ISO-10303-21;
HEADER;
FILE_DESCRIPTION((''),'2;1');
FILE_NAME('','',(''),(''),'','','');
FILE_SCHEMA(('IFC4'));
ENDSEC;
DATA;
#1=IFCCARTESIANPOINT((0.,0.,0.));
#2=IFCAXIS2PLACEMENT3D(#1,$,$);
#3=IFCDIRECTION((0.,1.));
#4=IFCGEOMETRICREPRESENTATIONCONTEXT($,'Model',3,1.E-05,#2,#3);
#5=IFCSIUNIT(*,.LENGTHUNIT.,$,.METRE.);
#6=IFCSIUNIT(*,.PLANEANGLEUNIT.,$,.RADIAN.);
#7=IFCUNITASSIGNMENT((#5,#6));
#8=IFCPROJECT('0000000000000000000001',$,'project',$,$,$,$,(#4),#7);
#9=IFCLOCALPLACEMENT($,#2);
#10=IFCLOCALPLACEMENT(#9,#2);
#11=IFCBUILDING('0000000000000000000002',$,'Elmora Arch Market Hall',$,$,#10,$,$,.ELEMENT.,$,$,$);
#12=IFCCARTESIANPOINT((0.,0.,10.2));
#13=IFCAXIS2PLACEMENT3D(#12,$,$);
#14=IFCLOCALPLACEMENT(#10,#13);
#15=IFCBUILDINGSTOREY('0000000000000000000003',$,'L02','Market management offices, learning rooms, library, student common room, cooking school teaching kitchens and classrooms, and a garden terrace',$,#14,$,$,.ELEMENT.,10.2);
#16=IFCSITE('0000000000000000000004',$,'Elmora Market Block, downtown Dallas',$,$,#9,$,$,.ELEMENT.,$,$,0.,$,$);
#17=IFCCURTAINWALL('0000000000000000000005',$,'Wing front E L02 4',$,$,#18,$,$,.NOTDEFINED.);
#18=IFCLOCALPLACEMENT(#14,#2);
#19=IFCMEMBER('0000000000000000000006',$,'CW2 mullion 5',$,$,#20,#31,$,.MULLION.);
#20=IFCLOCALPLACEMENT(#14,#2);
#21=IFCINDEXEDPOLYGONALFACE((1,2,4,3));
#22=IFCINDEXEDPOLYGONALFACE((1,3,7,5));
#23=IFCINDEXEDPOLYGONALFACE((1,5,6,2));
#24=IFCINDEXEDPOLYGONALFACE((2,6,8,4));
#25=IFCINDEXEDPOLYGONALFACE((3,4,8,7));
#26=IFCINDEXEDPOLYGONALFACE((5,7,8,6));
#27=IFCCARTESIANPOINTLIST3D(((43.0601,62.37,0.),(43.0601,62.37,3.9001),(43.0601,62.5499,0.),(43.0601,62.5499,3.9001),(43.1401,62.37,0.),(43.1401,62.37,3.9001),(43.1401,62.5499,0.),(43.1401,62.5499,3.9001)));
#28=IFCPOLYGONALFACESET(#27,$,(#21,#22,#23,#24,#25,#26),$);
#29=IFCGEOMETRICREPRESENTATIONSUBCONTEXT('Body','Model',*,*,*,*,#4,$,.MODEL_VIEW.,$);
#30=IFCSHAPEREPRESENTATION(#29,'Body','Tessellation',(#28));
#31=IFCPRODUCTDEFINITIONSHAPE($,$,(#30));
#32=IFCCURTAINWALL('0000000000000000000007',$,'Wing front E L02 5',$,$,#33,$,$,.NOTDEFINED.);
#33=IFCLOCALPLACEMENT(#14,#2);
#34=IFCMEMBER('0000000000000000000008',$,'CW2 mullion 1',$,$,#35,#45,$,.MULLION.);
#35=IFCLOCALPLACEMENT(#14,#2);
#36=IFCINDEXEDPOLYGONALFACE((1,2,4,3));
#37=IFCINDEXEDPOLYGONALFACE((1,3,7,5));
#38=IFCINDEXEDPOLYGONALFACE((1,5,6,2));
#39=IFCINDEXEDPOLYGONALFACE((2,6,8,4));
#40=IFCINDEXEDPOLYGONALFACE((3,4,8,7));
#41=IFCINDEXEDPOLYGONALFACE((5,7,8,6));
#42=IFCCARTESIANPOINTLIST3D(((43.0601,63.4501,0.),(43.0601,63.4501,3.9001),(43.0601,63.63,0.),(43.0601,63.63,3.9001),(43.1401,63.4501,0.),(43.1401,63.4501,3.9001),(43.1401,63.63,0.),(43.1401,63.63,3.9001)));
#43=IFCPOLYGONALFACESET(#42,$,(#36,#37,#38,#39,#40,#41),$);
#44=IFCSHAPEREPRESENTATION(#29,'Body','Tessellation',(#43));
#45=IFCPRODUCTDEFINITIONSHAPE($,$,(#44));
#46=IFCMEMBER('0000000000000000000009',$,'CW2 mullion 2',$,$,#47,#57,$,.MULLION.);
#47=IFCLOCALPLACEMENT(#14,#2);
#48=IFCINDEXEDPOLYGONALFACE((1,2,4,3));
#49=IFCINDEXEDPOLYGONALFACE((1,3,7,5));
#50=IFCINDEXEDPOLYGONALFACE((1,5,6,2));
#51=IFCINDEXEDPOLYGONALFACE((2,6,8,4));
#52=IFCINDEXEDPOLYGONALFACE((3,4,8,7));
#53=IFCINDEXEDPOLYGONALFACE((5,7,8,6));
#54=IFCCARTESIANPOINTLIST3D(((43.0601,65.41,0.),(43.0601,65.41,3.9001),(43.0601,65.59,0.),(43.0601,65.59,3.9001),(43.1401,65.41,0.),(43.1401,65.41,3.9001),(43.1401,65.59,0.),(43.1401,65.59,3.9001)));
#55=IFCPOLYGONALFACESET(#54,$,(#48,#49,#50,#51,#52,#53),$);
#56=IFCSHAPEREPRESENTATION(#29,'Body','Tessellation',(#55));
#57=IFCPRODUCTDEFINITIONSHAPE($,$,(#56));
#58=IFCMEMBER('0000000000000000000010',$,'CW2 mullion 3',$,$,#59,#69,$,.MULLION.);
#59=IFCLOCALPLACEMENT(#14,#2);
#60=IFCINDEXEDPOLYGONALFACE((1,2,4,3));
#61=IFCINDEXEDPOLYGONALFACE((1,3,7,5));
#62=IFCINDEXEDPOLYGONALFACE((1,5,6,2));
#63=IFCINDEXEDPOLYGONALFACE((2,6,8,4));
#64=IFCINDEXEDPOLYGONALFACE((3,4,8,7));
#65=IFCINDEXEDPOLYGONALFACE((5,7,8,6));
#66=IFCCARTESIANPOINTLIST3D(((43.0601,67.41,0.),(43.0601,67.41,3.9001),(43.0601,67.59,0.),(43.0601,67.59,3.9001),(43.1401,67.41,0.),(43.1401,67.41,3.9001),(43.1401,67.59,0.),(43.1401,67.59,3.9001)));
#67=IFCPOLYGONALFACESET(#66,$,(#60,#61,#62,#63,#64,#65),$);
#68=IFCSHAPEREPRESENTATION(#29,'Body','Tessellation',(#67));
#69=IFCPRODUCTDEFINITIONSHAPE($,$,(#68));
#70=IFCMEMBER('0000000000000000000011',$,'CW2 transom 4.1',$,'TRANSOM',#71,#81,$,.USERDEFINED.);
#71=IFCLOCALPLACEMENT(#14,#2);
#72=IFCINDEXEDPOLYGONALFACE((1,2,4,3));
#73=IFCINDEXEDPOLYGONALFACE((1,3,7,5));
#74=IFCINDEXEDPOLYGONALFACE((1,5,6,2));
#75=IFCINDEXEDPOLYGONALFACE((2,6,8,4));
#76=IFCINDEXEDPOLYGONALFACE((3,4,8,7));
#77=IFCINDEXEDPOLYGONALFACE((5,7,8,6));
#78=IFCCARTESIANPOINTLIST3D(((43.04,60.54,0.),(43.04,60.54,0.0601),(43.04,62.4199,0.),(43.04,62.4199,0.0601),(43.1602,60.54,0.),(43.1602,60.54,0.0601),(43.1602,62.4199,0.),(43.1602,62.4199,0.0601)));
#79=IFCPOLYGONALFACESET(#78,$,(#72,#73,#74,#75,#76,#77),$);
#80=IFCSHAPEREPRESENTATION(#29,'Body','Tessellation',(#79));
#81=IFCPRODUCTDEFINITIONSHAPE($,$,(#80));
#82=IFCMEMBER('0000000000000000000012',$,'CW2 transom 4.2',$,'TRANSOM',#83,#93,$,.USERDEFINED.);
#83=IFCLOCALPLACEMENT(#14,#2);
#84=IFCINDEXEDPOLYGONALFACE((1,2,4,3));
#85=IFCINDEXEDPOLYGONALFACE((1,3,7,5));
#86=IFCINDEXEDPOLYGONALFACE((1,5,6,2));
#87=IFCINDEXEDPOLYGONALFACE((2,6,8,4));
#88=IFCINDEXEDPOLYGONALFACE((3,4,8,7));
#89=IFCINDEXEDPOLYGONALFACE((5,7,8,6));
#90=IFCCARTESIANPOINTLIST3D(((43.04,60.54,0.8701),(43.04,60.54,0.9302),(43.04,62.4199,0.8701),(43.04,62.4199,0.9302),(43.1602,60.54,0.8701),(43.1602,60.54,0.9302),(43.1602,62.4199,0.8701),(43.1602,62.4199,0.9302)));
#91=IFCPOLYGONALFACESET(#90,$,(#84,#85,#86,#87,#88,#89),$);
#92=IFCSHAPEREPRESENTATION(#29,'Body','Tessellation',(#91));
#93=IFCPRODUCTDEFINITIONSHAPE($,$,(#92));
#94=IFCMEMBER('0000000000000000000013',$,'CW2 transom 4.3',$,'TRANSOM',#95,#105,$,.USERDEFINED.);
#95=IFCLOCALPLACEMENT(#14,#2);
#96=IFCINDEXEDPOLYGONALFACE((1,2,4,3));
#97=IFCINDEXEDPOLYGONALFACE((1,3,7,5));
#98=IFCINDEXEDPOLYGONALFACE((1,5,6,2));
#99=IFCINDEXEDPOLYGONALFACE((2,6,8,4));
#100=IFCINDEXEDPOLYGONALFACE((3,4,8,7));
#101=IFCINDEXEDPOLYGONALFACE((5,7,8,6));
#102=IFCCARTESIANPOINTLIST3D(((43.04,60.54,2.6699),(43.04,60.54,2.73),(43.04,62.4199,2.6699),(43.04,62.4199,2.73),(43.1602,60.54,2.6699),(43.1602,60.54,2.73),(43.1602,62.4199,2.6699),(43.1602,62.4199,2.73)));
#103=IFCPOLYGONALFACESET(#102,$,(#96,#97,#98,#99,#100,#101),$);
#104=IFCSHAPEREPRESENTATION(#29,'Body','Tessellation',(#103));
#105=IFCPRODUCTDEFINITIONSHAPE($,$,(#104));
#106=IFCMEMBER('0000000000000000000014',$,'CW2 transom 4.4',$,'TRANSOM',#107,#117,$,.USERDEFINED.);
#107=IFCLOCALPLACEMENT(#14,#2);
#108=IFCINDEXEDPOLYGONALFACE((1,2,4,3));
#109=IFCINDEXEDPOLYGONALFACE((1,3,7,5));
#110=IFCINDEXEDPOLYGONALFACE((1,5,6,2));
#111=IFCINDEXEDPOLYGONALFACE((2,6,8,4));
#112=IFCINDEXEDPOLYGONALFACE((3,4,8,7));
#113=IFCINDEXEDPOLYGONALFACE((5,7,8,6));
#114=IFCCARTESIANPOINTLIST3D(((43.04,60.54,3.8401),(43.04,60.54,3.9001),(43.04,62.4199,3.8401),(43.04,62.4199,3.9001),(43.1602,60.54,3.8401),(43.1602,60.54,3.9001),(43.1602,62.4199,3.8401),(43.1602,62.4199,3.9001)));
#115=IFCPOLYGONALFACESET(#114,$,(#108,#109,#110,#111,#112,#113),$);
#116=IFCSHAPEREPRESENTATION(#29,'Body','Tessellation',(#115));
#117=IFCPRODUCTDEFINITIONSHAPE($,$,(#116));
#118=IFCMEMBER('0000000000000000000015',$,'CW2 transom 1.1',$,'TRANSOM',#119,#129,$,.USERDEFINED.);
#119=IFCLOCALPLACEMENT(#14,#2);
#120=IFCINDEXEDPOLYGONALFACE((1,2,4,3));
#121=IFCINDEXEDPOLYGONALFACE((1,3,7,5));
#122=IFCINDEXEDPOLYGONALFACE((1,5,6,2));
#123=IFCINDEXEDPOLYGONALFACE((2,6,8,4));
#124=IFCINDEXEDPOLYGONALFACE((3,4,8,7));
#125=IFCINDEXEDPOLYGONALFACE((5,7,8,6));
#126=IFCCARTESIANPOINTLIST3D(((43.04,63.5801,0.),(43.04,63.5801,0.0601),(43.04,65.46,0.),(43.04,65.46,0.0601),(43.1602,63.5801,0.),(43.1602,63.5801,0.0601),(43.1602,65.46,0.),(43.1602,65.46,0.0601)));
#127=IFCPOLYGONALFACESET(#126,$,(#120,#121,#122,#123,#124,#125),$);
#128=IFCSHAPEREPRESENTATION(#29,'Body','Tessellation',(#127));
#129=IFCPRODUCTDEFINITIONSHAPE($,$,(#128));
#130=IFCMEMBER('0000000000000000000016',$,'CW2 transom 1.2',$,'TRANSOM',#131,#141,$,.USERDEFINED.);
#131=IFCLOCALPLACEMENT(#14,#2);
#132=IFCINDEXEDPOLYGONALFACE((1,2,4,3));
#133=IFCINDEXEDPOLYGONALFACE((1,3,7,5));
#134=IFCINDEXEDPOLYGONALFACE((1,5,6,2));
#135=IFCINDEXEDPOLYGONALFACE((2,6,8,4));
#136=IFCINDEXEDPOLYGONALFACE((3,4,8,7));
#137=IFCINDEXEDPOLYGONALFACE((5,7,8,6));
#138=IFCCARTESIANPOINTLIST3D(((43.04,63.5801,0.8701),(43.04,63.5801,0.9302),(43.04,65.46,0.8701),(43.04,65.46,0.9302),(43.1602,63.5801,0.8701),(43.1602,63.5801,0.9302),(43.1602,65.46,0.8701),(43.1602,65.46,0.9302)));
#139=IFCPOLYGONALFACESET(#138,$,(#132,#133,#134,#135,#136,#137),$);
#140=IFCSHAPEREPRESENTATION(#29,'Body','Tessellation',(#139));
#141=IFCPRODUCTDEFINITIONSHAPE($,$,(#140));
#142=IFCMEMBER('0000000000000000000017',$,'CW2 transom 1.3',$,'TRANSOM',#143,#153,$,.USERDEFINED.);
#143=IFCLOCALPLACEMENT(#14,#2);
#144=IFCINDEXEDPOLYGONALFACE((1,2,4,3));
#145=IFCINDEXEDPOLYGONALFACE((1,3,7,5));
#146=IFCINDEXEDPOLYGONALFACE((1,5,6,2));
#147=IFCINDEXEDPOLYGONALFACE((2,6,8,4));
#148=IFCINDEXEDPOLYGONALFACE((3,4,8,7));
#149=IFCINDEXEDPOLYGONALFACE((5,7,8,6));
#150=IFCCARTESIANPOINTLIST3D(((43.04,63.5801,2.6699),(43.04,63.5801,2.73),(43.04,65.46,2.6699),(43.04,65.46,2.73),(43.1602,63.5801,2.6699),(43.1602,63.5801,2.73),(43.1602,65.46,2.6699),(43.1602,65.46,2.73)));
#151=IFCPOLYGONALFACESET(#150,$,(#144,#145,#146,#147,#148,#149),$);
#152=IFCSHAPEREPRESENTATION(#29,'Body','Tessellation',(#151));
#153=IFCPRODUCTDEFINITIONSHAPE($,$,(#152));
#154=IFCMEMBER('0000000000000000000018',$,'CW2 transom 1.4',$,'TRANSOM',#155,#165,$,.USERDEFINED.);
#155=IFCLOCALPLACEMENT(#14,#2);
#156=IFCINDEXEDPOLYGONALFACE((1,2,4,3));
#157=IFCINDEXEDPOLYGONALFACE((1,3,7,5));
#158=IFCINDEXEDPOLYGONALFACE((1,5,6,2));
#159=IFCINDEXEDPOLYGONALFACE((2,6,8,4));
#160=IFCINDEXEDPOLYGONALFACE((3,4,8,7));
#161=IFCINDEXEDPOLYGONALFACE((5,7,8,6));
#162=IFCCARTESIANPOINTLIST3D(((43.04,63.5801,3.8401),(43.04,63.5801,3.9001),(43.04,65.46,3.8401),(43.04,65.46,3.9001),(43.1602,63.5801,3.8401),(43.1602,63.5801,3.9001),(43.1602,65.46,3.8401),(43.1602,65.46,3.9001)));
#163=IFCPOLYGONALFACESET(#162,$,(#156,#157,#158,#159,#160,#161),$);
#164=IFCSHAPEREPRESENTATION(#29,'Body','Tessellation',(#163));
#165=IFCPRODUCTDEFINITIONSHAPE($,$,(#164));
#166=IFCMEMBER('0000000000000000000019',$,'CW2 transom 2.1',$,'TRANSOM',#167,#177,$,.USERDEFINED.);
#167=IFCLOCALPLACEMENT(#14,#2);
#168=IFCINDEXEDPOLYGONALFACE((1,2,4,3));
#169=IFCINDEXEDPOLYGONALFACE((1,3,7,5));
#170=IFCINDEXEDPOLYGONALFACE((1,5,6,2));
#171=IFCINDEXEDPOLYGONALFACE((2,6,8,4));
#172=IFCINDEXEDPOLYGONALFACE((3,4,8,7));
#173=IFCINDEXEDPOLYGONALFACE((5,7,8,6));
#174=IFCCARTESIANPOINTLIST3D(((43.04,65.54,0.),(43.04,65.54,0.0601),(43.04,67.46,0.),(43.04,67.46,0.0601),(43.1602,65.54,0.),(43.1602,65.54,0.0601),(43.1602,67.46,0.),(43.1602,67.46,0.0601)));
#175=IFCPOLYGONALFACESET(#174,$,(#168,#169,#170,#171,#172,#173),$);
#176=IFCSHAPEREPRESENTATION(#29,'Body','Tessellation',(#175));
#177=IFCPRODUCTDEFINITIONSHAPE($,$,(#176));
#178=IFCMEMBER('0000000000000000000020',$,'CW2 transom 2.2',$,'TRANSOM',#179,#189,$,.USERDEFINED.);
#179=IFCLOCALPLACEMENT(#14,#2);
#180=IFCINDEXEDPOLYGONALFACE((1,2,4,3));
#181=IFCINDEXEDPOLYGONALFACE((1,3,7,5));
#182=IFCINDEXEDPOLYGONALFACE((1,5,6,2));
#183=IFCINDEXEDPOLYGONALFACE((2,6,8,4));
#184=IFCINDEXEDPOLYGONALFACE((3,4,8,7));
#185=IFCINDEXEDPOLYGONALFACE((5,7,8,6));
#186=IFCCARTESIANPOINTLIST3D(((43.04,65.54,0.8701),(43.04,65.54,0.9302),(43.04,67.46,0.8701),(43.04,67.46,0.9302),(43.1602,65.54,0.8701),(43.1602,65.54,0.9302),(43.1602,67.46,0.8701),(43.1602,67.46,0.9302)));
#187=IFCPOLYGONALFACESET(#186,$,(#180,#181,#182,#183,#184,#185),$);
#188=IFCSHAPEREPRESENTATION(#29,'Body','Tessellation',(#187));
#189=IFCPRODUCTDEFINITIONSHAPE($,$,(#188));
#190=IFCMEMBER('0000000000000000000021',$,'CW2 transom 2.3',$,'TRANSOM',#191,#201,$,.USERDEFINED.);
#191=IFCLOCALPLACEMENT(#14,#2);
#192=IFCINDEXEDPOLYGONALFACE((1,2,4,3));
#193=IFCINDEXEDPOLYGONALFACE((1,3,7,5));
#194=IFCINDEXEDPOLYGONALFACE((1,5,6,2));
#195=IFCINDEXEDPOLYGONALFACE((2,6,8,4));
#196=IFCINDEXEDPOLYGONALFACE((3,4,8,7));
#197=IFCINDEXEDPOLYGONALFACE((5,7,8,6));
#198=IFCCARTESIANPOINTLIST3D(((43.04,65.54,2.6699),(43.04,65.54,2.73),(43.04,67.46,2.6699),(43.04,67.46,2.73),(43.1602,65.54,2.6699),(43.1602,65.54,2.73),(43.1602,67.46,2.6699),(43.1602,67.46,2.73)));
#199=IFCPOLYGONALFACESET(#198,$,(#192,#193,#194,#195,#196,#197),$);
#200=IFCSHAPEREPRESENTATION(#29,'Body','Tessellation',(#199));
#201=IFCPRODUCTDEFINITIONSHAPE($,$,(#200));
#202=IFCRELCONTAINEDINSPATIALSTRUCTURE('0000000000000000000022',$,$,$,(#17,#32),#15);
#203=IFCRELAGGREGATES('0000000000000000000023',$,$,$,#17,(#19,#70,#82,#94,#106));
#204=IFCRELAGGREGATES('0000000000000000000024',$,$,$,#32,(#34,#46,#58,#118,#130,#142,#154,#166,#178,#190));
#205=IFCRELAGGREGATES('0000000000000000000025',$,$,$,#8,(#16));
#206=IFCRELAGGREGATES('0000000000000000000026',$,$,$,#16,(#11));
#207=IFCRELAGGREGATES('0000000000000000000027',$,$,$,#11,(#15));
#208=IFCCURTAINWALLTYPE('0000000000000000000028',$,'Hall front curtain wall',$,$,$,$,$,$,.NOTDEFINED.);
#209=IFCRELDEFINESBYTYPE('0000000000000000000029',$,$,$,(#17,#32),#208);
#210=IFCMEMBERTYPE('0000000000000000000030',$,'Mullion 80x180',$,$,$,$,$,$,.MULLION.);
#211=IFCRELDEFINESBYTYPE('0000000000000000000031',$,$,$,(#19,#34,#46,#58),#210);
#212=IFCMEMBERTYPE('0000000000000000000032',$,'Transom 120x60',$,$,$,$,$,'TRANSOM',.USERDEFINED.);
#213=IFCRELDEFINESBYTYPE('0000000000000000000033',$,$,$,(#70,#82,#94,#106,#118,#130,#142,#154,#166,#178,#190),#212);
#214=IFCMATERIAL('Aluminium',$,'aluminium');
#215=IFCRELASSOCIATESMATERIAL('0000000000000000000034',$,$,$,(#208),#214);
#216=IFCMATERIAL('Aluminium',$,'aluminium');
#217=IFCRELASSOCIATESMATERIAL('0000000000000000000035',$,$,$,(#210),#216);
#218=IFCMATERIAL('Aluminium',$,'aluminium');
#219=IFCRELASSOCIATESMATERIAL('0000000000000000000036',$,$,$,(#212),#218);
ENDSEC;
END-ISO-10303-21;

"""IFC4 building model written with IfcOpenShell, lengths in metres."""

from ifc_helpers import new_model, si_unit, direction, frame, origin, origin_2d, place, context, subcontext, project, spatial, rectangle, extrude, material, material_profile, profile_set, type_object, element, aggregate, save


model = new_model("IFC4")

# Units and contexts
model_context = context("Model", 3, precision=1e-05, world=origin(), true_north=direction((0.0, 1.0)))
body_context = subcontext(model_context, "Body", "Model", "MODEL_VIEW")
ifc_project = project(units=[si_unit("LENGTHUNIT", "METRE"), si_unit("PLANEANGLEUNIT", "RADIAN")], contexts=[model_context])

# Site, building, storey
site_placement = place(None, origin())
site = spatial("IfcSite", under=ifc_project, at=site_placement, Name="Elmora Market Block, downtown Dallas", CompositionType="ELEMENT", RefElevation=0.0)
building_placement = place(site_placement, origin())
building = spatial("IfcBuilding", under=site, at=building_placement, Name="Elmora Arch Market Hall", CompositionType="ELEMENT")
storey_placement = place(building_placement, frame((0.0, 0.0, 10.2)))
storey = spatial("IfcBuildingStorey", under=building, at=storey_placement, Name="L02", Description="Market management offices, learning rooms, library, student common room, cooking school teaching kitchens and classrooms, and a garden terrace", CompositionType="ELEMENT", Elevation=10.2)

# Curtain wall, member
ifc_material_1 = material(Name="Aluminium", Category="aluminium")
curtain_wall_type = type_object("IfcCurtainWallType", Name="Hall front curtain wall", PredefinedType="NOTDEFINED", material=ifc_material_1)
curtain_wall_1_placement = place(storey_placement, origin())
curtain_wall_1 = element("IfcCurtainWall", 1, at=curtain_wall_1_placement, inside=storey, type_object=curtain_wall_type, Name="Wing front E L02 4", PredefinedType="NOTDEFINED")
ifc_material_2 = material(Name="Aluminium", Category="aluminium")
ifc_material_profile_1 = material_profile(ifc_material_2, rectangle(XDim=0.0801, YDim=0.1799, at=origin_2d()), Name="AL 80x180")
ifc_profile_set_1 = profile_set([ifc_material_profile_1], Name="Aluminium")
member_type_1 = type_object("IfcMemberType", Name="Mullion 80x180", PredefinedType="MULLION", material=ifc_profile_set_1)
member_1_placement = place(storey_placement, frame((43.1001, 62.46, 0.0), z_axis=(0.0, 0.0, 1.0), x_axis=(-1.0, 0.0, 0.0)))
member_1 = element("IfcMember", 2, at=member_1_placement, type_object=member_type_1, Name="CW2 mullion 5", PredefinedType="MULLION", context=body_context, shape_type="SweptSolid", body=[
    extrude(rectangle(XDim=0.0801, YDim=0.1799, at=origin_2d()), origin(), (0.0, 0.0, 1.0), 3.9001),
])

# Curtain wall, members
curtain_wall_2_placement = place(storey_placement, origin())
curtain_wall_2 = element("IfcCurtainWall", 3, at=curtain_wall_2_placement, inside=storey, type_object=curtain_wall_type, Name="Wing front E L02 5", PredefinedType="NOTDEFINED")
member_2_placement = place(storey_placement, frame((43.1001, 63.54, 0.0), z_axis=(0.0, 0.0, 1.0), x_axis=(-1.0, 0.0, 0.0)))
member_2 = element("IfcMember", 4, at=member_2_placement, type_object=member_type_1, Name="CW2 mullion 1", PredefinedType="MULLION", context=body_context, shape_type="SweptSolid", body=[
    extrude(rectangle(XDim=0.0801, YDim=0.1799, at=origin_2d()), origin(), (0.0, 0.0, 1.0), 3.9001),
])
member_3_placement = place(storey_placement, frame((43.1001, 65.5, 0.0), z_axis=(0.0, 0.0, 1.0), x_axis=(-1.0, 0.0, 0.0)))
member_3 = element("IfcMember", 5, at=member_3_placement, type_object=member_type_1, Name="CW2 mullion 2", PredefinedType="MULLION", context=body_context, shape_type="SweptSolid", body=[
    extrude(rectangle(XDim=0.0801, YDim=0.1799, at=origin_2d()), origin(), (0.0, 0.0, 1.0), 3.9001),
])
member_4_placement = place(storey_placement, frame((43.1001, 67.5, 0.0), z_axis=(0.0, 0.0, 1.0), x_axis=(-1.0, 0.0, 0.0)))
member_4 = element("IfcMember", 6, at=member_4_placement, type_object=member_type_1, Name="CW2 mullion 3", PredefinedType="MULLION", context=body_context, shape_type="SweptSolid", body=[
    extrude(rectangle(XDim=0.0801, YDim=0.1799, at=origin_2d()), origin(), (0.0, 0.0, 1.0), 3.9001),
])

# Members
ifc_material_3 = material(Name="Aluminium", Category="aluminium")
ifc_material_profile_2 = material_profile(ifc_material_3, rectangle(XDim=0.1201, YDim=0.0601, at=origin_2d()), Name="AL 120x60")
ifc_profile_set_2 = profile_set([ifc_material_profile_2], Name="Aluminium")
member_type_2 = type_object("IfcMemberType", Name="Transom 120x60", ElementType="TRANSOM", PredefinedType="USERDEFINED", material=ifc_profile_set_2)
member_5_placement = place(storey_placement, frame((43.1001, 60.54, 0.03), z_axis=(0.0, 1.0, 0.0), x_axis=(-1.0, 0.0, 0.0)))
member_5 = element("IfcMember", 7, at=member_5_placement, type_object=member_type_2, Name="CW2 transom 4.1", ObjectType="TRANSOM", PredefinedType="USERDEFINED", context=body_context, shape_type="SweptSolid", body=[
    extrude(rectangle(XDim=0.1201, YDim=0.0601, at=origin_2d()), origin(), (0.0, 0.0, 1.0), 1.8799),
])
member_6_placement = place(storey_placement, frame((43.1001, 60.54, 0.9001), z_axis=(0.0, 1.0, 0.0), x_axis=(-1.0, 0.0, 0.0)))
member_6 = element("IfcMember", 8, at=member_6_placement, type_object=member_type_2, Name="CW2 transom 4.2", ObjectType="TRANSOM", PredefinedType="USERDEFINED", context=body_context, shape_type="SweptSolid", body=[
    extrude(rectangle(XDim=0.1201, YDim=0.0601, at=origin_2d()), origin(), (0.0, 0.0, 1.0), 1.8799),
])
member_7_placement = place(storey_placement, frame((43.1001, 60.54, 2.7), z_axis=(0.0, 1.0, 0.0), x_axis=(-1.0, 0.0, 0.0)))
member_7 = element("IfcMember", 9, at=member_7_placement, type_object=member_type_2, Name="CW2 transom 4.3", ObjectType="TRANSOM", PredefinedType="USERDEFINED", context=body_context, shape_type="SweptSolid", body=[
    extrude(rectangle(XDim=0.1201, YDim=0.0601, at=origin_2d()), origin(), (0.0, 0.0, 1.0), 1.8799),
])
member_8_placement = place(storey_placement, frame((43.1001, 60.54, 3.8701), z_axis=(0.0, 1.0, 0.0), x_axis=(-1.0, 0.0, 0.0)))
member_8 = element("IfcMember", 10, at=member_8_placement, type_object=member_type_2, Name="CW2 transom 4.4", ObjectType="TRANSOM", PredefinedType="USERDEFINED", context=body_context, shape_type="SweptSolid", body=[
    extrude(rectangle(XDim=0.1201, YDim=0.0601, at=origin_2d()), origin(), (0.0, 0.0, 1.0), 1.8799),
])
member_9_placement = place(storey_placement, frame((43.1001, 63.5801, 0.03), z_axis=(0.0, 1.0, 0.0), x_axis=(-1.0, 0.0, 0.0)))
member_9 = element("IfcMember", 11, at=member_9_placement, type_object=member_type_2, Name="CW2 transom 1.1", ObjectType="TRANSOM", PredefinedType="USERDEFINED", context=body_context, shape_type="SweptSolid", body=[
    extrude(rectangle(XDim=0.1201, YDim=0.0601, at=origin_2d()), origin(), (0.0, 0.0, 1.0), 1.8799),
])
member_10_placement = place(storey_placement, frame((43.1001, 63.5801, 0.9001), z_axis=(0.0, 1.0, 0.0), x_axis=(-1.0, 0.0, 0.0)))
member_10 = element("IfcMember", 12, at=member_10_placement, type_object=member_type_2, Name="CW2 transom 1.2", ObjectType="TRANSOM", PredefinedType="USERDEFINED", context=body_context, shape_type="SweptSolid", body=[
    extrude(rectangle(XDim=0.1201, YDim=0.0601, at=origin_2d()), origin(), (0.0, 0.0, 1.0), 1.8799),
])
member_11_placement = place(storey_placement, frame((43.1001, 63.5801, 2.7), z_axis=(0.0, 1.0, 0.0), x_axis=(-1.0, 0.0, 0.0)))
member_11 = element("IfcMember", 13, at=member_11_placement, type_object=member_type_2, Name="CW2 transom 1.3", ObjectType="TRANSOM", PredefinedType="USERDEFINED", context=body_context, shape_type="SweptSolid", body=[
    extrude(rectangle(XDim=0.1201, YDim=0.0601, at=origin_2d()), origin(), (0.0, 0.0, 1.0), 1.8799),
])
member_12_placement = place(storey_placement, frame((43.1001, 63.5801, 3.8701), z_axis=(0.0, 1.0, 0.0), x_axis=(-1.0, 0.0, 0.0)))
member_12 = element("IfcMember", 14, at=member_12_placement, type_object=member_type_2, Name="CW2 transom 1.4", ObjectType="TRANSOM", PredefinedType="USERDEFINED", context=body_context, shape_type="SweptSolid", body=[
    extrude(rectangle(XDim=0.1201, YDim=0.0601, at=origin_2d()), origin(), (0.0, 0.0, 1.0), 1.8799),
])
member_13_placement = place(storey_placement, frame((43.1001, 65.54, 0.03), z_axis=(0.0, 1.0, 0.0), x_axis=(-1.0, 0.0, 0.0)))
member_13 = element("IfcMember", 15, at=member_13_placement, type_object=member_type_2, Name="CW2 transom 2.1", ObjectType="TRANSOM", PredefinedType="USERDEFINED", context=body_context, shape_type="SweptSolid", body=[
    extrude(rectangle(XDim=0.1201, YDim=0.0601, at=origin_2d()), origin(), (0.0, 0.0, 1.0), 1.9199),
])
member_14_placement = place(storey_placement, frame((43.1001, 65.54, 0.9001), z_axis=(0.0, 1.0, 0.0), x_axis=(-1.0, 0.0, 0.0)))
member_14 = element("IfcMember", 16, at=member_14_placement, type_object=member_type_2, Name="CW2 transom 2.2", ObjectType="TRANSOM", PredefinedType="USERDEFINED", context=body_context, shape_type="SweptSolid", body=[
    extrude(rectangle(XDim=0.1201, YDim=0.0601, at=origin_2d()), origin(), (0.0, 0.0, 1.0), 1.9199),
])
member_15_placement = place(storey_placement, frame((43.1001, 65.54, 2.7), z_axis=(0.0, 1.0, 0.0), x_axis=(-1.0, 0.0, 0.0)))
member_15 = element("IfcMember", 17, at=member_15_placement, type_object=member_type_2, Name="CW2 transom 2.3", ObjectType="TRANSOM", PredefinedType="USERDEFINED", context=body_context, shape_type="SweptSolid", body=[
    extrude(rectangle(XDim=0.1201, YDim=0.0601, at=origin_2d()), origin(), (0.0, 0.0, 1.0), 1.9199),
])

aggregate(curtain_wall_1, [member_1, member_5, member_6, member_7, member_8])
aggregate(curtain_wall_2, [member_2, member_3, member_4, member_9, member_10, member_11, member_12, member_13, member_14, member_15])

save(model, "model.ifc")
